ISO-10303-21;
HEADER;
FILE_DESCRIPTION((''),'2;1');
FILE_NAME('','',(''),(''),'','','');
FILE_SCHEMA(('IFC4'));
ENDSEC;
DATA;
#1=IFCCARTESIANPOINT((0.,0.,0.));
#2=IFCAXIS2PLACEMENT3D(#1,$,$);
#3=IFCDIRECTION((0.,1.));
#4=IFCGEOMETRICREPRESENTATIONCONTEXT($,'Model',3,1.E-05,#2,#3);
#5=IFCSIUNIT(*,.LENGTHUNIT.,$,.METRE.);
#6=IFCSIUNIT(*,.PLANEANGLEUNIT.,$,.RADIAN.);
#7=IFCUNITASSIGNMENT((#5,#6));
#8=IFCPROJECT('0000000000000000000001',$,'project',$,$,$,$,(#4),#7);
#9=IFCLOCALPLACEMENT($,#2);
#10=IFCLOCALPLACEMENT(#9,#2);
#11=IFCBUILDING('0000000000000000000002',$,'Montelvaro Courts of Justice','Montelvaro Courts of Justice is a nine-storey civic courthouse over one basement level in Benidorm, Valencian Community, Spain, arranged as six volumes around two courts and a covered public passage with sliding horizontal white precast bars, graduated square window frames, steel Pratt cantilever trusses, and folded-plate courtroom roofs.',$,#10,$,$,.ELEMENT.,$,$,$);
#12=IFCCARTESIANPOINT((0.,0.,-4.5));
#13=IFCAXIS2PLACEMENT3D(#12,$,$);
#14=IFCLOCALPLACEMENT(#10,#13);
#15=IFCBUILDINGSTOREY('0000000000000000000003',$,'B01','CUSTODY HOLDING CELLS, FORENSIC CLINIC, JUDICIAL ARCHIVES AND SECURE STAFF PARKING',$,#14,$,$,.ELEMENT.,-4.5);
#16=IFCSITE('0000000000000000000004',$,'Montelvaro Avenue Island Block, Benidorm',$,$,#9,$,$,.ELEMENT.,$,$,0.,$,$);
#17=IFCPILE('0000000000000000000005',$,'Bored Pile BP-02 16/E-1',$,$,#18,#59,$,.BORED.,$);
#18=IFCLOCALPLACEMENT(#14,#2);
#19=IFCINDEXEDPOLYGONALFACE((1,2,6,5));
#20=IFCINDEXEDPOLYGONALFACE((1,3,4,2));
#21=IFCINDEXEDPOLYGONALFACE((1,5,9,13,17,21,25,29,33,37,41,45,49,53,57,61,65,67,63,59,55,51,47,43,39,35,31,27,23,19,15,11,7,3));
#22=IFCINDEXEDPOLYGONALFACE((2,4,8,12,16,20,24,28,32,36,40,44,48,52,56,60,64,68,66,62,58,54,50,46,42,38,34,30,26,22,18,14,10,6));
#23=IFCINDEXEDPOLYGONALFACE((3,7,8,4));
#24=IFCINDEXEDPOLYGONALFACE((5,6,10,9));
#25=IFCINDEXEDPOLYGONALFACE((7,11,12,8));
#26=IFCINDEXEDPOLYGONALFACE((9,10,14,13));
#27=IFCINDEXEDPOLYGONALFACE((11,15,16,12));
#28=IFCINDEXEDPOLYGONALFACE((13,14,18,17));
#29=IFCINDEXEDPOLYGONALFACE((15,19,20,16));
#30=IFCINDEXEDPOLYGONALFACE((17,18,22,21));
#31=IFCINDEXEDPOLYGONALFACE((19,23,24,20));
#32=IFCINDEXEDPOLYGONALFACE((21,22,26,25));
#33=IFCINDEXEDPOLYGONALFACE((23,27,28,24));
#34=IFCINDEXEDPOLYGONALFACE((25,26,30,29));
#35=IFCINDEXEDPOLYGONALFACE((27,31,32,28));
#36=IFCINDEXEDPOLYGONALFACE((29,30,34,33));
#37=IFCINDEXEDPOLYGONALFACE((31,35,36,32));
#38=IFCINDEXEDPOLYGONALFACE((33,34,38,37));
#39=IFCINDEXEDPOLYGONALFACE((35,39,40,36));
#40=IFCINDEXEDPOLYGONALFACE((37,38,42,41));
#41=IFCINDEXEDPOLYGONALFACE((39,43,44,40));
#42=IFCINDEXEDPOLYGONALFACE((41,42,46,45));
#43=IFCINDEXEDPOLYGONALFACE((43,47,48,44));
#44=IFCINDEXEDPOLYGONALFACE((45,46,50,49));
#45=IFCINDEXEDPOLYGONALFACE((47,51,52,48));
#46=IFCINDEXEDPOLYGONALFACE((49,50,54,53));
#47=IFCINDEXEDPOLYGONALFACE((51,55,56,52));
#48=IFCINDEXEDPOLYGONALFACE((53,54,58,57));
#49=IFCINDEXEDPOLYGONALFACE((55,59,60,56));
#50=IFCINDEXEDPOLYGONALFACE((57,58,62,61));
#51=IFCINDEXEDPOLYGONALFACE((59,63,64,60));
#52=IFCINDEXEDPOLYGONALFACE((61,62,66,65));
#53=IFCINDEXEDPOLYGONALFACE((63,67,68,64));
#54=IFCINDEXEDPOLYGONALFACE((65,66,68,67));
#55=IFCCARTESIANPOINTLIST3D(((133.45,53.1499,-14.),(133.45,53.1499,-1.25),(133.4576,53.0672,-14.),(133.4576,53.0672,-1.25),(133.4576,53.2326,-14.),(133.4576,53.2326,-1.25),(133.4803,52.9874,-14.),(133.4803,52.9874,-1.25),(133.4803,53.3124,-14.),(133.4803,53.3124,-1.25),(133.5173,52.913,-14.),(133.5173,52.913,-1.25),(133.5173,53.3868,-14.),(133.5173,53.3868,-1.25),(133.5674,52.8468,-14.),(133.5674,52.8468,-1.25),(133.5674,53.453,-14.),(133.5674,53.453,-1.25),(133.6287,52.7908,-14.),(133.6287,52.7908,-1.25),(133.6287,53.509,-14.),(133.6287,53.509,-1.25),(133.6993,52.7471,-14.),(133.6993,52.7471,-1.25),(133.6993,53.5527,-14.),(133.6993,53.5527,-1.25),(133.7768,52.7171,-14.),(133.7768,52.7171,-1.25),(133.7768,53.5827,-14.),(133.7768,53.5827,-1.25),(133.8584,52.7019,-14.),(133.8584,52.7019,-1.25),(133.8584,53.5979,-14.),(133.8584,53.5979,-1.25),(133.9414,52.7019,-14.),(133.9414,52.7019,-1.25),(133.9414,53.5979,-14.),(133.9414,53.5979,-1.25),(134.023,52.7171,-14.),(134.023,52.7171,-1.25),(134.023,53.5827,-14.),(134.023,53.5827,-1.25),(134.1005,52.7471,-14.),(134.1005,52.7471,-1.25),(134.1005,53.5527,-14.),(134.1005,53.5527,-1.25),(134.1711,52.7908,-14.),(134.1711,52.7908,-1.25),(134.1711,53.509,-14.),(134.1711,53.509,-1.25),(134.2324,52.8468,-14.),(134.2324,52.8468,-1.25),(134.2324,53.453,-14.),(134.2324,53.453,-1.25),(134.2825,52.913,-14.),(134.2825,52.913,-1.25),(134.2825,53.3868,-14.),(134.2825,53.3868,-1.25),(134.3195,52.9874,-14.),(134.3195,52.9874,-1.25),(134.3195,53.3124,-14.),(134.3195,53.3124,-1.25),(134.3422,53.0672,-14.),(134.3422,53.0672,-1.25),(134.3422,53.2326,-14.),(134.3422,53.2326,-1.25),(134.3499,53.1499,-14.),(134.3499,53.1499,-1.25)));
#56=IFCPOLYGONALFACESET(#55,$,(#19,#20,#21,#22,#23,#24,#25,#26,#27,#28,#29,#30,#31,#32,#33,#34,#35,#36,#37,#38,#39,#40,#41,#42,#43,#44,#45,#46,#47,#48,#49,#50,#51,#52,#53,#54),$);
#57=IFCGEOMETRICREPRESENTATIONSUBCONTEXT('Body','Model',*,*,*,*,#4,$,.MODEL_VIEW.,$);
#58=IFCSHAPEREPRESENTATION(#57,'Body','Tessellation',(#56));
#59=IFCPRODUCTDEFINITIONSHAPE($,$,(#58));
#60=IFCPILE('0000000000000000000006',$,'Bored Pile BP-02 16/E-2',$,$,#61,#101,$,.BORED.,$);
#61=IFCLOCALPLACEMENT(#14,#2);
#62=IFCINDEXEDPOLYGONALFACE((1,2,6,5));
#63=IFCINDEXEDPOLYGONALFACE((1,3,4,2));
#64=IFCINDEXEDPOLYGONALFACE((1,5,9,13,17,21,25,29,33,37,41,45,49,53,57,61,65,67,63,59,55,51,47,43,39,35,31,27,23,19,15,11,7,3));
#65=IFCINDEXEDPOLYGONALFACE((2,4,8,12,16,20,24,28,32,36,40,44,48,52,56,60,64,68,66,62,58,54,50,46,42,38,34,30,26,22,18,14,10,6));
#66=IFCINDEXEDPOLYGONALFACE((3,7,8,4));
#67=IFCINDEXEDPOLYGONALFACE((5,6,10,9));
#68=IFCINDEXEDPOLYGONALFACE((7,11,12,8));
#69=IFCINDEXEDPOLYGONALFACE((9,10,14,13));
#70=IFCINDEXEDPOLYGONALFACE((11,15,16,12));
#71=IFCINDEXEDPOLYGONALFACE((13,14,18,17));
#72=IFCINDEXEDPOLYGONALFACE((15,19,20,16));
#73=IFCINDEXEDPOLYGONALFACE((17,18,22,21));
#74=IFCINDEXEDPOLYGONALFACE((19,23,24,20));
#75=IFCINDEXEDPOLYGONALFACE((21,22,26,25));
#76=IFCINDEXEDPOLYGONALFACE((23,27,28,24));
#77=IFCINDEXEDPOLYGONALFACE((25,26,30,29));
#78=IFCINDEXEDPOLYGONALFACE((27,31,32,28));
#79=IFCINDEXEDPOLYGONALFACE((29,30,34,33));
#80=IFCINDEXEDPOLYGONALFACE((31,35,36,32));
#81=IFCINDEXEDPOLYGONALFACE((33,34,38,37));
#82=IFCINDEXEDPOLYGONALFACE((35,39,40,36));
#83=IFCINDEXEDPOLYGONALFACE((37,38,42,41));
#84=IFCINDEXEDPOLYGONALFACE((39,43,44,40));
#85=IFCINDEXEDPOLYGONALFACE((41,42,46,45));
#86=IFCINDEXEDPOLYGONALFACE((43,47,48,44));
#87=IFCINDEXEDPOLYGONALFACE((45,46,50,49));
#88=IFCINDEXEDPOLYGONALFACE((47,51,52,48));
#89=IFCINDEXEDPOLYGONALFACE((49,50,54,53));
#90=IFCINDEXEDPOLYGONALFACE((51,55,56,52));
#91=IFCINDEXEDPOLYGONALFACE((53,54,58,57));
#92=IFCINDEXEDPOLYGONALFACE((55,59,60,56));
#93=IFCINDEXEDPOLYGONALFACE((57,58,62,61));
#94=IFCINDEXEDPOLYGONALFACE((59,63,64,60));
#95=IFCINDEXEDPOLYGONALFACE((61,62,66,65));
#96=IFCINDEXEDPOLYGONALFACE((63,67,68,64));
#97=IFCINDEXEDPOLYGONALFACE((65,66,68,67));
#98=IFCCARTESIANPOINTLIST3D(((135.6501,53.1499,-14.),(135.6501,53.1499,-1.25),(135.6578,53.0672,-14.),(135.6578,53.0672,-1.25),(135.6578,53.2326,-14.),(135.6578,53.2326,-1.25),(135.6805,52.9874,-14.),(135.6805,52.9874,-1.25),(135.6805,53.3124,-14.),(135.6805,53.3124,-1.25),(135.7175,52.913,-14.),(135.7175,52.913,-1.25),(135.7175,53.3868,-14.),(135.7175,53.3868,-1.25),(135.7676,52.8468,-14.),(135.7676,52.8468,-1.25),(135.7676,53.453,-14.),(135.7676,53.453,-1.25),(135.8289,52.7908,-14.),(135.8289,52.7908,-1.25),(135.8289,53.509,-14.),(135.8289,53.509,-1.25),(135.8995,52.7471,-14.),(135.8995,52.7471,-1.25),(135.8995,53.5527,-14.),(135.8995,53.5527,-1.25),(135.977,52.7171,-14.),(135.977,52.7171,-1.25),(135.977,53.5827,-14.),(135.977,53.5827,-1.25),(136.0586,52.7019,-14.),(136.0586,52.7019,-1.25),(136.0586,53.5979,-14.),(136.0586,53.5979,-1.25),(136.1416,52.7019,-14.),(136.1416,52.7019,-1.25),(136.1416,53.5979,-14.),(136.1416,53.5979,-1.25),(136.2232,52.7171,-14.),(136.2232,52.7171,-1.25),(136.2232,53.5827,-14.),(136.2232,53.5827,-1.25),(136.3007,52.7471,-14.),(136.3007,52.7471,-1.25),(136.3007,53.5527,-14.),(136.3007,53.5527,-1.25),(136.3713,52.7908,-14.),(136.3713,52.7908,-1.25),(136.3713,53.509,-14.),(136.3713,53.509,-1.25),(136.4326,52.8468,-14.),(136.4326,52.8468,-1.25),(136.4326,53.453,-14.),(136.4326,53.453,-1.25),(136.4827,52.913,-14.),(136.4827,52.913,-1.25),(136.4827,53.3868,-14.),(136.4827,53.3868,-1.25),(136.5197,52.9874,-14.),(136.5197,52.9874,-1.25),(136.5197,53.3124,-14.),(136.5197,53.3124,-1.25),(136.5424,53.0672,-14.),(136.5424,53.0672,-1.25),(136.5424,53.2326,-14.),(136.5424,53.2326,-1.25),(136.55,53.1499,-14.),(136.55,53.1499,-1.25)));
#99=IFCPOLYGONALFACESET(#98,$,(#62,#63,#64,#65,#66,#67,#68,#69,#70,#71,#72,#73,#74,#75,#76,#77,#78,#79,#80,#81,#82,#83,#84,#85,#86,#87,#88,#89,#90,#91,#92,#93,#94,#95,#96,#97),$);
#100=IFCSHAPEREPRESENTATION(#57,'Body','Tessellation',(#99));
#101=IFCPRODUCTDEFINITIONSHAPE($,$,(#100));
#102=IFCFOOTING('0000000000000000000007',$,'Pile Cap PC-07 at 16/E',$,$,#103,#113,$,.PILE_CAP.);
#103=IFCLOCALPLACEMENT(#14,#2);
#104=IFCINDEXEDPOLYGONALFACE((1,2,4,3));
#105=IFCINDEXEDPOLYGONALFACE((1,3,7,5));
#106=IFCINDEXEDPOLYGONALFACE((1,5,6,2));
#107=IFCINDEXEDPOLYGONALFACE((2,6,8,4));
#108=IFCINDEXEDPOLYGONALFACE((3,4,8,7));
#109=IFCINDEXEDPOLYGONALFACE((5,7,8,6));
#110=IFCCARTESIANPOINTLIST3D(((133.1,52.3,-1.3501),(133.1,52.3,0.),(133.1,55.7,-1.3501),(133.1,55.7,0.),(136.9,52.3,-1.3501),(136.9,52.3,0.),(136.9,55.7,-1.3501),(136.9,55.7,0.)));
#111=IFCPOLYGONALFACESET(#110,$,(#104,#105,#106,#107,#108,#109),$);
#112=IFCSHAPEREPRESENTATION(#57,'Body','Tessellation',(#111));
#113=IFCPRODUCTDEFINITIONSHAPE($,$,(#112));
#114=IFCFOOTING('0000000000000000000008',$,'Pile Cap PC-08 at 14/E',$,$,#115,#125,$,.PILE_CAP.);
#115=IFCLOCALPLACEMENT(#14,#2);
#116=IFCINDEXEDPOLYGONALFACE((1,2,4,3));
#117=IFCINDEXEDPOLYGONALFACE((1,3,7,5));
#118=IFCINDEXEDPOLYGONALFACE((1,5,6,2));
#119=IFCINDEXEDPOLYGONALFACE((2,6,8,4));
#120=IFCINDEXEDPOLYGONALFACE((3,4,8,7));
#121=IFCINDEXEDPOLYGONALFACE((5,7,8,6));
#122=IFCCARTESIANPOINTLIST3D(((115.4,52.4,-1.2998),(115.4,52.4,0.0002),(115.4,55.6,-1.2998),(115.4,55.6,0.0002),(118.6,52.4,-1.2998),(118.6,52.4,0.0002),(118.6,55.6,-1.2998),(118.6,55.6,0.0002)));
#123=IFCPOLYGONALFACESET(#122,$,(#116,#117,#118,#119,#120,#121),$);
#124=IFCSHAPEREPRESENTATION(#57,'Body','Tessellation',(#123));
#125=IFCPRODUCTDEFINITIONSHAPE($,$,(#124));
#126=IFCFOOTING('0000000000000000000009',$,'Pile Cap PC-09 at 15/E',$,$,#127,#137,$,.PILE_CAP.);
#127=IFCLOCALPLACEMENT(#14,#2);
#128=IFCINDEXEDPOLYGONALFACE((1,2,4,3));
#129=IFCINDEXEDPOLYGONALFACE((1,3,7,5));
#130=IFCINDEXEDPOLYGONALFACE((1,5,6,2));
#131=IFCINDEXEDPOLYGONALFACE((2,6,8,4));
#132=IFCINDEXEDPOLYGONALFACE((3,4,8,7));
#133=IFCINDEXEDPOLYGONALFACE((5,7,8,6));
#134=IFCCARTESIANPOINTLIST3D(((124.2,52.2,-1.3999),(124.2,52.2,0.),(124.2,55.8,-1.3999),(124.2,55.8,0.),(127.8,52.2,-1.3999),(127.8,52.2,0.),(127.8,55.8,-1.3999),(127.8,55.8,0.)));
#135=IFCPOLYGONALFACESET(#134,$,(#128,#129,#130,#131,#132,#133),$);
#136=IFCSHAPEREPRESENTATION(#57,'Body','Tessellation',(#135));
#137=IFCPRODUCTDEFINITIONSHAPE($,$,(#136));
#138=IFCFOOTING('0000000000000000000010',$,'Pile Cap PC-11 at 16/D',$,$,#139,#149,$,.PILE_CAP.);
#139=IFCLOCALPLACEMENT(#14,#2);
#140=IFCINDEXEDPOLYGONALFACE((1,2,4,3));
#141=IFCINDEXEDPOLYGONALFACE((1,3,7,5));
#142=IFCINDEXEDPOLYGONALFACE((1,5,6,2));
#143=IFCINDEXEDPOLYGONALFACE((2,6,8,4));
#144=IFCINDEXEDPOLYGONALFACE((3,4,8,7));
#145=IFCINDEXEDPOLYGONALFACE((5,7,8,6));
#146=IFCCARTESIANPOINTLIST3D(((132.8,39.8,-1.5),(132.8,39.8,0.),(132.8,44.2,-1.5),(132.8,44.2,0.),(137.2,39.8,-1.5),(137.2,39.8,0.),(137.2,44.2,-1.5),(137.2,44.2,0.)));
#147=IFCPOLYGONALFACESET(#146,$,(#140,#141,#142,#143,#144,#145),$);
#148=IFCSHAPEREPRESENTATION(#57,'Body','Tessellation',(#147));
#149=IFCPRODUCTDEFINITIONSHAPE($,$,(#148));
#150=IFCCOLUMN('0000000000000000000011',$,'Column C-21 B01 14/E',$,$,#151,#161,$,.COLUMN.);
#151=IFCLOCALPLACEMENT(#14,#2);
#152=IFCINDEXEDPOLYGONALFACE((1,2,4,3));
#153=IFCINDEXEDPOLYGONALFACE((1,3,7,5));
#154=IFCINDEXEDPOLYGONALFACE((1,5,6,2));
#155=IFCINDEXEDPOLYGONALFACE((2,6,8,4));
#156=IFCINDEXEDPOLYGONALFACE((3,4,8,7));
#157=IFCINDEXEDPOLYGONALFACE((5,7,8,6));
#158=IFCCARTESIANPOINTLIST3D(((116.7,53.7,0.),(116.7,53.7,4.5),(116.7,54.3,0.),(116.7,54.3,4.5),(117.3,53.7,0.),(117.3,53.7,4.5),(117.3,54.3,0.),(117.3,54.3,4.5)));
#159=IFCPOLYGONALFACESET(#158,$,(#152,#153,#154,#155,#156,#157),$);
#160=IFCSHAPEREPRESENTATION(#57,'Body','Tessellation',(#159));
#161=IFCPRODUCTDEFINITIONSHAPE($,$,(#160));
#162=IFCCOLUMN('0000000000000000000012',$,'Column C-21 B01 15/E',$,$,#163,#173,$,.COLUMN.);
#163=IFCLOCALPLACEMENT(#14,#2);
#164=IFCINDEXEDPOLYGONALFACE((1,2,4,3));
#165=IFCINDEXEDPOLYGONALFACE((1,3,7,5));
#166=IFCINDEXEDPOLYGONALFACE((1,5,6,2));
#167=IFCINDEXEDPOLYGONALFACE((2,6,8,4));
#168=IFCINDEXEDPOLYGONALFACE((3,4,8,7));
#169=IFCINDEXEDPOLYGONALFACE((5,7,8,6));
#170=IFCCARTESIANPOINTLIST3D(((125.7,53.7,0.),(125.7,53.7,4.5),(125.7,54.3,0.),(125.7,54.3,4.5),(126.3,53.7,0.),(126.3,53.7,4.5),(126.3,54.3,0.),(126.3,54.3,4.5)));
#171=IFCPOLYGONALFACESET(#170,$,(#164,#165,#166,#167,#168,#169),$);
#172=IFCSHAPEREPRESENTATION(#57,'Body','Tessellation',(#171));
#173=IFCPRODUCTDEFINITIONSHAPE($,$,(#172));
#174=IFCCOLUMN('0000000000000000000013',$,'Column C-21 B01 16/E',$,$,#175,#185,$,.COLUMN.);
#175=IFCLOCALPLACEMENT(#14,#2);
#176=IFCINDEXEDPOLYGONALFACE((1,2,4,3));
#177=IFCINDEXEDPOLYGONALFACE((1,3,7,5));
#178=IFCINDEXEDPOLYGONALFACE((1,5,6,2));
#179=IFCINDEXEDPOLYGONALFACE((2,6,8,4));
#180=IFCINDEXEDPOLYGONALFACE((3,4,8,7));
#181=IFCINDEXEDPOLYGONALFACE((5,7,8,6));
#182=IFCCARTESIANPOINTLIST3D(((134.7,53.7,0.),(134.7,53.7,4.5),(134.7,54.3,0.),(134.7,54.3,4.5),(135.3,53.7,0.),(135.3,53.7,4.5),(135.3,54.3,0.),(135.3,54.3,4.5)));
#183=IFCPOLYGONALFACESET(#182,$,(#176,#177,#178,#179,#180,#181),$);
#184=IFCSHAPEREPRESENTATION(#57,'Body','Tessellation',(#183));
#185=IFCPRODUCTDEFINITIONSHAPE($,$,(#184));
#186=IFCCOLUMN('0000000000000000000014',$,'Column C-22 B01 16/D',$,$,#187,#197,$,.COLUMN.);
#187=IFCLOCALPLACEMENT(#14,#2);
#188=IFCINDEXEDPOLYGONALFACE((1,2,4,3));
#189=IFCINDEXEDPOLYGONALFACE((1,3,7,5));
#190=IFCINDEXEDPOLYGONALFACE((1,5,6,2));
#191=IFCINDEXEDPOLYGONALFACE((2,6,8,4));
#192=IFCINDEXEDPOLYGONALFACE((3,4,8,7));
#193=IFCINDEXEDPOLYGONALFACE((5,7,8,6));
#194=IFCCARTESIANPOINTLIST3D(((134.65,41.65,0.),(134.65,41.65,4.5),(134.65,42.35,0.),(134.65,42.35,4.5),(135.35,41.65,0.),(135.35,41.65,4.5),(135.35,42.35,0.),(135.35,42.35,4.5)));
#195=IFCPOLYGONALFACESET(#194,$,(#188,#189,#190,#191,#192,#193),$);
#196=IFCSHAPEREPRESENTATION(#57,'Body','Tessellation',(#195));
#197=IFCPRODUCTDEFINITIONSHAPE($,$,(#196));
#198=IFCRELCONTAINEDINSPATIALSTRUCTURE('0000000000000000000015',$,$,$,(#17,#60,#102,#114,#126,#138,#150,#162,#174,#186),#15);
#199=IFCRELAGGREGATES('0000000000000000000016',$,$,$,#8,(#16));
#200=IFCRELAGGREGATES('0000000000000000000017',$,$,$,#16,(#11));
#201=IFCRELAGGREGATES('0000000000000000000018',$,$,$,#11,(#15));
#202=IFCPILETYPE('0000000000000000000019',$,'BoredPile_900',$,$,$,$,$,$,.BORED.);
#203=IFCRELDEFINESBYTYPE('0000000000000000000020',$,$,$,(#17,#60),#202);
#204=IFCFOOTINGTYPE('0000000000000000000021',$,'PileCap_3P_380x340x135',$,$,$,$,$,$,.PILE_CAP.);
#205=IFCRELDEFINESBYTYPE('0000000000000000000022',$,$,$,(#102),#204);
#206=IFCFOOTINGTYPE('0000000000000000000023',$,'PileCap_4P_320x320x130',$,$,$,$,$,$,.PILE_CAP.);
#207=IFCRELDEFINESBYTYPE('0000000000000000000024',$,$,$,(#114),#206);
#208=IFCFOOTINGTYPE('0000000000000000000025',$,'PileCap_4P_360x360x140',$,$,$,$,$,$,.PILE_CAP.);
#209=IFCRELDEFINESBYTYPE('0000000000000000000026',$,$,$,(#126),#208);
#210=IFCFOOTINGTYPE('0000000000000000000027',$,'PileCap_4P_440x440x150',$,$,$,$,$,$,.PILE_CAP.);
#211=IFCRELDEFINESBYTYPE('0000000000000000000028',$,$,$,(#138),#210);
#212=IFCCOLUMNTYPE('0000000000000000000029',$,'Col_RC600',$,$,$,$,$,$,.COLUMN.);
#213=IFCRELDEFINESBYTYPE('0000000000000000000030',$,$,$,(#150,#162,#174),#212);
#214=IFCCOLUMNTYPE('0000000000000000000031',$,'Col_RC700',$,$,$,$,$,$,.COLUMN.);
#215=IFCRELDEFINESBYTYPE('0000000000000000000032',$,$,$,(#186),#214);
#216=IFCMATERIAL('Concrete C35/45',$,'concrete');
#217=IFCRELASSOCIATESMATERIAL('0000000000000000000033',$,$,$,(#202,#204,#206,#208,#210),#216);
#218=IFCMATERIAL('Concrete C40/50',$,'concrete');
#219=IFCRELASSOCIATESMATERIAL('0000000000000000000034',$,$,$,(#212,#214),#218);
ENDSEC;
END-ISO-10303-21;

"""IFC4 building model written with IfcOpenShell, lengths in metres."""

from ifc_helpers import new_model, si_unit, direction, frame, origin, origin_2d, place, context, subcontext, project, spatial, rectangle, circle, extrude, material, material_profile, profile_set, type_object, element, save


model = new_model("IFC4")

# Units and contexts
model_context = context("Model", 3, precision=1e-05, world=origin(), true_north=direction((0.0, 1.0)))
body_context = subcontext(model_context, "Body", "Model", "MODEL_VIEW")
ifc_project = project(units=[si_unit("LENGTHUNIT", "METRE"), si_unit("PLANEANGLEUNIT", "RADIAN")], contexts=[model_context])

# Site, building, storey
site_placement = place(None, origin())
site = spatial("IfcSite", under=ifc_project, at=site_placement, Name="Montelvaro Avenue Island Block, Benidorm", CompositionType="ELEMENT", RefElevation=0.0)
building_placement = place(site_placement, origin())
building = spatial("IfcBuilding", under=site, at=building_placement, Name="Montelvaro Courts of Justice", Description="Montelvaro Courts of Justice is a nine-storey civic courthouse over one basement level in Benidorm, Valencian Community, Spain, arranged as six volumes around two courts and a covered public passage with sliding horizontal white precast bars, graduated square window frames, steel Pratt cantilever trusses, and folded-plate courtroom roofs.", CompositionType="ELEMENT")
storey_placement = place(building_placement, frame((0.0, 0.0, -4.5)))
storey = spatial("IfcBuildingStorey", under=building, at=storey_placement, Name="B01", Description="CUSTODY HOLDING CELLS, FORENSIC CLINIC, JUDICIAL ARCHIVES AND SECURE STAFF PARKING", CompositionType="ELEMENT", Elevation=-4.5)

# Piles
ifc_material_1 = material(Name="Concrete C35/45", Category="concrete")
ifc_material_profile_1 = material_profile(ifc_material_1, circle(Radius=0.45, at=origin_2d()), Name="BORED PILE D900")
ifc_profile_set_1 = profile_set([ifc_material_profile_1], Name="Concrete C35/45")
pile_type_1 = type_object("IfcPileType", Name="BoredPile_900", PredefinedType="BORED", material=ifc_profile_set_1)
for number, where, z_axis, x_axis, name in (
    (1, (133.8999, 53.1499, -1.25), (0.0, 0.0, -1.0), (1.0, 0.0, 0.0), "Bored Pile BP-02 16/E-1"),
    (2, (136.1001, 53.1499, -1.25), (0.0, 0.0, -1.0), (1.0, 0.0, 0.0), "Bored Pile BP-02 16/E-2"),
):
    element("IfcPile", number, at=place(storey_placement, frame(where, z_axis=z_axis, x_axis=x_axis)), inside=storey, type_object=pile_type_1, Name=name, PredefinedType="BORED", context=body_context, shape_type="SweptSolid", body=[
        extrude(circle(Radius=0.45, at=origin_2d()), origin(), (0.0, 0.0, 1.0), 12.75),
    ])

# Footings
footing_type_1 = type_object("IfcFootingType", Name="PileCap_3P_380x340x135", PredefinedType="PILE_CAP", material=ifc_material_1)
footing_1_placement = place(storey_placement, frame((135.0, 54.0, -1.3501), z_axis=(0.0, 0.0, 1.0), x_axis=(1.0, 0.0, 0.0)))
element("IfcFooting", 3, at=footing_1_placement, inside=storey, type_object=footing_type_1, Name="Pile Cap PC-07 at 16/E", PredefinedType="PILE_CAP", context=body_context, shape_type="SweptSolid", body=[
    extrude(rectangle(XDim=3.8, YDim=3.3999, at=origin_2d()), origin(), (0.0, 0.0, 1.0), 1.3501),
])
footing_type_2 = type_object("IfcFootingType", Name="PileCap_4P_320x320x130", PredefinedType="PILE_CAP", material=ifc_material_1)
footing_2_placement = place(storey_placement, frame((117.0, 54.0, -1.2998), z_axis=(0.0, 0.0, 1.0), x_axis=(1.0, 0.0, 0.0)))
element("IfcFooting", 4, at=footing_2_placement, inside=storey, type_object=footing_type_2, Name="Pile Cap PC-08 at 14/E", PredefinedType="PILE_CAP", context=body_context, shape_type="SweptSolid", body=[
    extrude(rectangle(XDim=3.2, YDim=3.2, at=origin_2d()), origin(), (0.0, 0.0, 1.0), 1.3),
])
footing_type_3 = type_object("IfcFootingType", Name="PileCap_4P_360x360x140", PredefinedType="PILE_CAP", material=ifc_material_1)
footing_3_placement = place(storey_placement, frame((126.0, 54.0, -1.3999), z_axis=(0.0, 0.0, 1.0), x_axis=(1.0, 0.0, 0.0)))
element("IfcFooting", 5, at=footing_3_placement, inside=storey, type_object=footing_type_3, Name="Pile Cap PC-09 at 15/E", PredefinedType="PILE_CAP", context=body_context, shape_type="SweptSolid", body=[
    extrude(rectangle(XDim=3.6001, YDim=3.6001, at=origin_2d()), origin(), (0.0, 0.0, 1.0), 1.3999),
])
footing_type_4 = type_object("IfcFootingType", Name="PileCap_4P_440x440x150", PredefinedType="PILE_CAP", material=ifc_material_1)
footing_4_placement = place(storey_placement, frame((135.0, 42.0, -1.5), z_axis=(0.0, 0.0, 1.0), x_axis=(1.0, 0.0, 0.0)))
element("IfcFooting", 6, at=footing_4_placement, inside=storey, type_object=footing_type_4, Name="Pile Cap PC-11 at 16/D", PredefinedType="PILE_CAP", context=body_context, shape_type="SweptSolid", body=[
    extrude(rectangle(XDim=4.3999, YDim=4.3999, at=origin_2d()), origin(), (0.0, 0.0, 1.0), 1.5),
])

# Columns
ifc_material_2 = material(Name="Concrete C40/50", Category="concrete")
ifc_material_profile_2 = material_profile(ifc_material_2, rectangle(XDim=0.6001, YDim=0.6001, at=origin_2d()), Name="RC 600x600")
ifc_profile_set_2 = profile_set([ifc_material_profile_2], Name="Concrete C40/50")
column_type_1 = type_object("IfcColumnType", Name="Col_RC600", PredefinedType="COLUMN", material=ifc_profile_set_2)
for number, where, z_axis, x_axis, name in (
    (7, (117.0, 54.0, 0.0), (0.0, 0.0, 1.0), (1.0, 0.0, 0.0), "Column C-21 B01 14/E"),
    (8, (126.0, 54.0, 0.0), (0.0, 0.0, 1.0), (1.0, 0.0, 0.0), "Column C-21 B01 15/E"),
    (9, (135.0, 54.0, 0.0), (0.0, 0.0, 1.0), (1.0, 0.0, 0.0), "Column C-21 B01 16/E"),
):
    element("IfcColumn", number, at=place(storey_placement, frame(where, z_axis=z_axis, x_axis=x_axis)), inside=storey, type_object=column_type_1, Name=name, PredefinedType="COLUMN", context=body_context, shape_type="SweptSolid", body=[
        extrude(rectangle(XDim=0.6001, YDim=0.6001, at=origin_2d()), origin(), (0.0, 0.0, 1.0), 4.5),
    ])
ifc_material_profile_3 = material_profile(ifc_material_2, rectangle(XDim=0.7, YDim=0.7, at=origin_2d()), Name="RC 700x700")
ifc_profile_set_3 = profile_set([ifc_material_profile_3], Name="Concrete C40/50")
column_type_2 = type_object("IfcColumnType", Name="Col_RC700", PredefinedType="COLUMN", material=ifc_profile_set_3)
column_placement = place(storey_placement, frame((135.0, 42.0, 0.0), z_axis=(0.0, 0.0, 1.0), x_axis=(1.0, 0.0, 0.0)))
element("IfcColumn", 10, at=column_placement, inside=storey, type_object=column_type_2, Name="Column C-22 B01 16/D", PredefinedType="COLUMN", context=body_context, shape_type="SweptSolid", body=[
    extrude(rectangle(XDim=0.7, YDim=0.7, at=origin_2d()), origin(), (0.0, 0.0, 1.0), 4.5),
])

save(model, "model.ifc")
